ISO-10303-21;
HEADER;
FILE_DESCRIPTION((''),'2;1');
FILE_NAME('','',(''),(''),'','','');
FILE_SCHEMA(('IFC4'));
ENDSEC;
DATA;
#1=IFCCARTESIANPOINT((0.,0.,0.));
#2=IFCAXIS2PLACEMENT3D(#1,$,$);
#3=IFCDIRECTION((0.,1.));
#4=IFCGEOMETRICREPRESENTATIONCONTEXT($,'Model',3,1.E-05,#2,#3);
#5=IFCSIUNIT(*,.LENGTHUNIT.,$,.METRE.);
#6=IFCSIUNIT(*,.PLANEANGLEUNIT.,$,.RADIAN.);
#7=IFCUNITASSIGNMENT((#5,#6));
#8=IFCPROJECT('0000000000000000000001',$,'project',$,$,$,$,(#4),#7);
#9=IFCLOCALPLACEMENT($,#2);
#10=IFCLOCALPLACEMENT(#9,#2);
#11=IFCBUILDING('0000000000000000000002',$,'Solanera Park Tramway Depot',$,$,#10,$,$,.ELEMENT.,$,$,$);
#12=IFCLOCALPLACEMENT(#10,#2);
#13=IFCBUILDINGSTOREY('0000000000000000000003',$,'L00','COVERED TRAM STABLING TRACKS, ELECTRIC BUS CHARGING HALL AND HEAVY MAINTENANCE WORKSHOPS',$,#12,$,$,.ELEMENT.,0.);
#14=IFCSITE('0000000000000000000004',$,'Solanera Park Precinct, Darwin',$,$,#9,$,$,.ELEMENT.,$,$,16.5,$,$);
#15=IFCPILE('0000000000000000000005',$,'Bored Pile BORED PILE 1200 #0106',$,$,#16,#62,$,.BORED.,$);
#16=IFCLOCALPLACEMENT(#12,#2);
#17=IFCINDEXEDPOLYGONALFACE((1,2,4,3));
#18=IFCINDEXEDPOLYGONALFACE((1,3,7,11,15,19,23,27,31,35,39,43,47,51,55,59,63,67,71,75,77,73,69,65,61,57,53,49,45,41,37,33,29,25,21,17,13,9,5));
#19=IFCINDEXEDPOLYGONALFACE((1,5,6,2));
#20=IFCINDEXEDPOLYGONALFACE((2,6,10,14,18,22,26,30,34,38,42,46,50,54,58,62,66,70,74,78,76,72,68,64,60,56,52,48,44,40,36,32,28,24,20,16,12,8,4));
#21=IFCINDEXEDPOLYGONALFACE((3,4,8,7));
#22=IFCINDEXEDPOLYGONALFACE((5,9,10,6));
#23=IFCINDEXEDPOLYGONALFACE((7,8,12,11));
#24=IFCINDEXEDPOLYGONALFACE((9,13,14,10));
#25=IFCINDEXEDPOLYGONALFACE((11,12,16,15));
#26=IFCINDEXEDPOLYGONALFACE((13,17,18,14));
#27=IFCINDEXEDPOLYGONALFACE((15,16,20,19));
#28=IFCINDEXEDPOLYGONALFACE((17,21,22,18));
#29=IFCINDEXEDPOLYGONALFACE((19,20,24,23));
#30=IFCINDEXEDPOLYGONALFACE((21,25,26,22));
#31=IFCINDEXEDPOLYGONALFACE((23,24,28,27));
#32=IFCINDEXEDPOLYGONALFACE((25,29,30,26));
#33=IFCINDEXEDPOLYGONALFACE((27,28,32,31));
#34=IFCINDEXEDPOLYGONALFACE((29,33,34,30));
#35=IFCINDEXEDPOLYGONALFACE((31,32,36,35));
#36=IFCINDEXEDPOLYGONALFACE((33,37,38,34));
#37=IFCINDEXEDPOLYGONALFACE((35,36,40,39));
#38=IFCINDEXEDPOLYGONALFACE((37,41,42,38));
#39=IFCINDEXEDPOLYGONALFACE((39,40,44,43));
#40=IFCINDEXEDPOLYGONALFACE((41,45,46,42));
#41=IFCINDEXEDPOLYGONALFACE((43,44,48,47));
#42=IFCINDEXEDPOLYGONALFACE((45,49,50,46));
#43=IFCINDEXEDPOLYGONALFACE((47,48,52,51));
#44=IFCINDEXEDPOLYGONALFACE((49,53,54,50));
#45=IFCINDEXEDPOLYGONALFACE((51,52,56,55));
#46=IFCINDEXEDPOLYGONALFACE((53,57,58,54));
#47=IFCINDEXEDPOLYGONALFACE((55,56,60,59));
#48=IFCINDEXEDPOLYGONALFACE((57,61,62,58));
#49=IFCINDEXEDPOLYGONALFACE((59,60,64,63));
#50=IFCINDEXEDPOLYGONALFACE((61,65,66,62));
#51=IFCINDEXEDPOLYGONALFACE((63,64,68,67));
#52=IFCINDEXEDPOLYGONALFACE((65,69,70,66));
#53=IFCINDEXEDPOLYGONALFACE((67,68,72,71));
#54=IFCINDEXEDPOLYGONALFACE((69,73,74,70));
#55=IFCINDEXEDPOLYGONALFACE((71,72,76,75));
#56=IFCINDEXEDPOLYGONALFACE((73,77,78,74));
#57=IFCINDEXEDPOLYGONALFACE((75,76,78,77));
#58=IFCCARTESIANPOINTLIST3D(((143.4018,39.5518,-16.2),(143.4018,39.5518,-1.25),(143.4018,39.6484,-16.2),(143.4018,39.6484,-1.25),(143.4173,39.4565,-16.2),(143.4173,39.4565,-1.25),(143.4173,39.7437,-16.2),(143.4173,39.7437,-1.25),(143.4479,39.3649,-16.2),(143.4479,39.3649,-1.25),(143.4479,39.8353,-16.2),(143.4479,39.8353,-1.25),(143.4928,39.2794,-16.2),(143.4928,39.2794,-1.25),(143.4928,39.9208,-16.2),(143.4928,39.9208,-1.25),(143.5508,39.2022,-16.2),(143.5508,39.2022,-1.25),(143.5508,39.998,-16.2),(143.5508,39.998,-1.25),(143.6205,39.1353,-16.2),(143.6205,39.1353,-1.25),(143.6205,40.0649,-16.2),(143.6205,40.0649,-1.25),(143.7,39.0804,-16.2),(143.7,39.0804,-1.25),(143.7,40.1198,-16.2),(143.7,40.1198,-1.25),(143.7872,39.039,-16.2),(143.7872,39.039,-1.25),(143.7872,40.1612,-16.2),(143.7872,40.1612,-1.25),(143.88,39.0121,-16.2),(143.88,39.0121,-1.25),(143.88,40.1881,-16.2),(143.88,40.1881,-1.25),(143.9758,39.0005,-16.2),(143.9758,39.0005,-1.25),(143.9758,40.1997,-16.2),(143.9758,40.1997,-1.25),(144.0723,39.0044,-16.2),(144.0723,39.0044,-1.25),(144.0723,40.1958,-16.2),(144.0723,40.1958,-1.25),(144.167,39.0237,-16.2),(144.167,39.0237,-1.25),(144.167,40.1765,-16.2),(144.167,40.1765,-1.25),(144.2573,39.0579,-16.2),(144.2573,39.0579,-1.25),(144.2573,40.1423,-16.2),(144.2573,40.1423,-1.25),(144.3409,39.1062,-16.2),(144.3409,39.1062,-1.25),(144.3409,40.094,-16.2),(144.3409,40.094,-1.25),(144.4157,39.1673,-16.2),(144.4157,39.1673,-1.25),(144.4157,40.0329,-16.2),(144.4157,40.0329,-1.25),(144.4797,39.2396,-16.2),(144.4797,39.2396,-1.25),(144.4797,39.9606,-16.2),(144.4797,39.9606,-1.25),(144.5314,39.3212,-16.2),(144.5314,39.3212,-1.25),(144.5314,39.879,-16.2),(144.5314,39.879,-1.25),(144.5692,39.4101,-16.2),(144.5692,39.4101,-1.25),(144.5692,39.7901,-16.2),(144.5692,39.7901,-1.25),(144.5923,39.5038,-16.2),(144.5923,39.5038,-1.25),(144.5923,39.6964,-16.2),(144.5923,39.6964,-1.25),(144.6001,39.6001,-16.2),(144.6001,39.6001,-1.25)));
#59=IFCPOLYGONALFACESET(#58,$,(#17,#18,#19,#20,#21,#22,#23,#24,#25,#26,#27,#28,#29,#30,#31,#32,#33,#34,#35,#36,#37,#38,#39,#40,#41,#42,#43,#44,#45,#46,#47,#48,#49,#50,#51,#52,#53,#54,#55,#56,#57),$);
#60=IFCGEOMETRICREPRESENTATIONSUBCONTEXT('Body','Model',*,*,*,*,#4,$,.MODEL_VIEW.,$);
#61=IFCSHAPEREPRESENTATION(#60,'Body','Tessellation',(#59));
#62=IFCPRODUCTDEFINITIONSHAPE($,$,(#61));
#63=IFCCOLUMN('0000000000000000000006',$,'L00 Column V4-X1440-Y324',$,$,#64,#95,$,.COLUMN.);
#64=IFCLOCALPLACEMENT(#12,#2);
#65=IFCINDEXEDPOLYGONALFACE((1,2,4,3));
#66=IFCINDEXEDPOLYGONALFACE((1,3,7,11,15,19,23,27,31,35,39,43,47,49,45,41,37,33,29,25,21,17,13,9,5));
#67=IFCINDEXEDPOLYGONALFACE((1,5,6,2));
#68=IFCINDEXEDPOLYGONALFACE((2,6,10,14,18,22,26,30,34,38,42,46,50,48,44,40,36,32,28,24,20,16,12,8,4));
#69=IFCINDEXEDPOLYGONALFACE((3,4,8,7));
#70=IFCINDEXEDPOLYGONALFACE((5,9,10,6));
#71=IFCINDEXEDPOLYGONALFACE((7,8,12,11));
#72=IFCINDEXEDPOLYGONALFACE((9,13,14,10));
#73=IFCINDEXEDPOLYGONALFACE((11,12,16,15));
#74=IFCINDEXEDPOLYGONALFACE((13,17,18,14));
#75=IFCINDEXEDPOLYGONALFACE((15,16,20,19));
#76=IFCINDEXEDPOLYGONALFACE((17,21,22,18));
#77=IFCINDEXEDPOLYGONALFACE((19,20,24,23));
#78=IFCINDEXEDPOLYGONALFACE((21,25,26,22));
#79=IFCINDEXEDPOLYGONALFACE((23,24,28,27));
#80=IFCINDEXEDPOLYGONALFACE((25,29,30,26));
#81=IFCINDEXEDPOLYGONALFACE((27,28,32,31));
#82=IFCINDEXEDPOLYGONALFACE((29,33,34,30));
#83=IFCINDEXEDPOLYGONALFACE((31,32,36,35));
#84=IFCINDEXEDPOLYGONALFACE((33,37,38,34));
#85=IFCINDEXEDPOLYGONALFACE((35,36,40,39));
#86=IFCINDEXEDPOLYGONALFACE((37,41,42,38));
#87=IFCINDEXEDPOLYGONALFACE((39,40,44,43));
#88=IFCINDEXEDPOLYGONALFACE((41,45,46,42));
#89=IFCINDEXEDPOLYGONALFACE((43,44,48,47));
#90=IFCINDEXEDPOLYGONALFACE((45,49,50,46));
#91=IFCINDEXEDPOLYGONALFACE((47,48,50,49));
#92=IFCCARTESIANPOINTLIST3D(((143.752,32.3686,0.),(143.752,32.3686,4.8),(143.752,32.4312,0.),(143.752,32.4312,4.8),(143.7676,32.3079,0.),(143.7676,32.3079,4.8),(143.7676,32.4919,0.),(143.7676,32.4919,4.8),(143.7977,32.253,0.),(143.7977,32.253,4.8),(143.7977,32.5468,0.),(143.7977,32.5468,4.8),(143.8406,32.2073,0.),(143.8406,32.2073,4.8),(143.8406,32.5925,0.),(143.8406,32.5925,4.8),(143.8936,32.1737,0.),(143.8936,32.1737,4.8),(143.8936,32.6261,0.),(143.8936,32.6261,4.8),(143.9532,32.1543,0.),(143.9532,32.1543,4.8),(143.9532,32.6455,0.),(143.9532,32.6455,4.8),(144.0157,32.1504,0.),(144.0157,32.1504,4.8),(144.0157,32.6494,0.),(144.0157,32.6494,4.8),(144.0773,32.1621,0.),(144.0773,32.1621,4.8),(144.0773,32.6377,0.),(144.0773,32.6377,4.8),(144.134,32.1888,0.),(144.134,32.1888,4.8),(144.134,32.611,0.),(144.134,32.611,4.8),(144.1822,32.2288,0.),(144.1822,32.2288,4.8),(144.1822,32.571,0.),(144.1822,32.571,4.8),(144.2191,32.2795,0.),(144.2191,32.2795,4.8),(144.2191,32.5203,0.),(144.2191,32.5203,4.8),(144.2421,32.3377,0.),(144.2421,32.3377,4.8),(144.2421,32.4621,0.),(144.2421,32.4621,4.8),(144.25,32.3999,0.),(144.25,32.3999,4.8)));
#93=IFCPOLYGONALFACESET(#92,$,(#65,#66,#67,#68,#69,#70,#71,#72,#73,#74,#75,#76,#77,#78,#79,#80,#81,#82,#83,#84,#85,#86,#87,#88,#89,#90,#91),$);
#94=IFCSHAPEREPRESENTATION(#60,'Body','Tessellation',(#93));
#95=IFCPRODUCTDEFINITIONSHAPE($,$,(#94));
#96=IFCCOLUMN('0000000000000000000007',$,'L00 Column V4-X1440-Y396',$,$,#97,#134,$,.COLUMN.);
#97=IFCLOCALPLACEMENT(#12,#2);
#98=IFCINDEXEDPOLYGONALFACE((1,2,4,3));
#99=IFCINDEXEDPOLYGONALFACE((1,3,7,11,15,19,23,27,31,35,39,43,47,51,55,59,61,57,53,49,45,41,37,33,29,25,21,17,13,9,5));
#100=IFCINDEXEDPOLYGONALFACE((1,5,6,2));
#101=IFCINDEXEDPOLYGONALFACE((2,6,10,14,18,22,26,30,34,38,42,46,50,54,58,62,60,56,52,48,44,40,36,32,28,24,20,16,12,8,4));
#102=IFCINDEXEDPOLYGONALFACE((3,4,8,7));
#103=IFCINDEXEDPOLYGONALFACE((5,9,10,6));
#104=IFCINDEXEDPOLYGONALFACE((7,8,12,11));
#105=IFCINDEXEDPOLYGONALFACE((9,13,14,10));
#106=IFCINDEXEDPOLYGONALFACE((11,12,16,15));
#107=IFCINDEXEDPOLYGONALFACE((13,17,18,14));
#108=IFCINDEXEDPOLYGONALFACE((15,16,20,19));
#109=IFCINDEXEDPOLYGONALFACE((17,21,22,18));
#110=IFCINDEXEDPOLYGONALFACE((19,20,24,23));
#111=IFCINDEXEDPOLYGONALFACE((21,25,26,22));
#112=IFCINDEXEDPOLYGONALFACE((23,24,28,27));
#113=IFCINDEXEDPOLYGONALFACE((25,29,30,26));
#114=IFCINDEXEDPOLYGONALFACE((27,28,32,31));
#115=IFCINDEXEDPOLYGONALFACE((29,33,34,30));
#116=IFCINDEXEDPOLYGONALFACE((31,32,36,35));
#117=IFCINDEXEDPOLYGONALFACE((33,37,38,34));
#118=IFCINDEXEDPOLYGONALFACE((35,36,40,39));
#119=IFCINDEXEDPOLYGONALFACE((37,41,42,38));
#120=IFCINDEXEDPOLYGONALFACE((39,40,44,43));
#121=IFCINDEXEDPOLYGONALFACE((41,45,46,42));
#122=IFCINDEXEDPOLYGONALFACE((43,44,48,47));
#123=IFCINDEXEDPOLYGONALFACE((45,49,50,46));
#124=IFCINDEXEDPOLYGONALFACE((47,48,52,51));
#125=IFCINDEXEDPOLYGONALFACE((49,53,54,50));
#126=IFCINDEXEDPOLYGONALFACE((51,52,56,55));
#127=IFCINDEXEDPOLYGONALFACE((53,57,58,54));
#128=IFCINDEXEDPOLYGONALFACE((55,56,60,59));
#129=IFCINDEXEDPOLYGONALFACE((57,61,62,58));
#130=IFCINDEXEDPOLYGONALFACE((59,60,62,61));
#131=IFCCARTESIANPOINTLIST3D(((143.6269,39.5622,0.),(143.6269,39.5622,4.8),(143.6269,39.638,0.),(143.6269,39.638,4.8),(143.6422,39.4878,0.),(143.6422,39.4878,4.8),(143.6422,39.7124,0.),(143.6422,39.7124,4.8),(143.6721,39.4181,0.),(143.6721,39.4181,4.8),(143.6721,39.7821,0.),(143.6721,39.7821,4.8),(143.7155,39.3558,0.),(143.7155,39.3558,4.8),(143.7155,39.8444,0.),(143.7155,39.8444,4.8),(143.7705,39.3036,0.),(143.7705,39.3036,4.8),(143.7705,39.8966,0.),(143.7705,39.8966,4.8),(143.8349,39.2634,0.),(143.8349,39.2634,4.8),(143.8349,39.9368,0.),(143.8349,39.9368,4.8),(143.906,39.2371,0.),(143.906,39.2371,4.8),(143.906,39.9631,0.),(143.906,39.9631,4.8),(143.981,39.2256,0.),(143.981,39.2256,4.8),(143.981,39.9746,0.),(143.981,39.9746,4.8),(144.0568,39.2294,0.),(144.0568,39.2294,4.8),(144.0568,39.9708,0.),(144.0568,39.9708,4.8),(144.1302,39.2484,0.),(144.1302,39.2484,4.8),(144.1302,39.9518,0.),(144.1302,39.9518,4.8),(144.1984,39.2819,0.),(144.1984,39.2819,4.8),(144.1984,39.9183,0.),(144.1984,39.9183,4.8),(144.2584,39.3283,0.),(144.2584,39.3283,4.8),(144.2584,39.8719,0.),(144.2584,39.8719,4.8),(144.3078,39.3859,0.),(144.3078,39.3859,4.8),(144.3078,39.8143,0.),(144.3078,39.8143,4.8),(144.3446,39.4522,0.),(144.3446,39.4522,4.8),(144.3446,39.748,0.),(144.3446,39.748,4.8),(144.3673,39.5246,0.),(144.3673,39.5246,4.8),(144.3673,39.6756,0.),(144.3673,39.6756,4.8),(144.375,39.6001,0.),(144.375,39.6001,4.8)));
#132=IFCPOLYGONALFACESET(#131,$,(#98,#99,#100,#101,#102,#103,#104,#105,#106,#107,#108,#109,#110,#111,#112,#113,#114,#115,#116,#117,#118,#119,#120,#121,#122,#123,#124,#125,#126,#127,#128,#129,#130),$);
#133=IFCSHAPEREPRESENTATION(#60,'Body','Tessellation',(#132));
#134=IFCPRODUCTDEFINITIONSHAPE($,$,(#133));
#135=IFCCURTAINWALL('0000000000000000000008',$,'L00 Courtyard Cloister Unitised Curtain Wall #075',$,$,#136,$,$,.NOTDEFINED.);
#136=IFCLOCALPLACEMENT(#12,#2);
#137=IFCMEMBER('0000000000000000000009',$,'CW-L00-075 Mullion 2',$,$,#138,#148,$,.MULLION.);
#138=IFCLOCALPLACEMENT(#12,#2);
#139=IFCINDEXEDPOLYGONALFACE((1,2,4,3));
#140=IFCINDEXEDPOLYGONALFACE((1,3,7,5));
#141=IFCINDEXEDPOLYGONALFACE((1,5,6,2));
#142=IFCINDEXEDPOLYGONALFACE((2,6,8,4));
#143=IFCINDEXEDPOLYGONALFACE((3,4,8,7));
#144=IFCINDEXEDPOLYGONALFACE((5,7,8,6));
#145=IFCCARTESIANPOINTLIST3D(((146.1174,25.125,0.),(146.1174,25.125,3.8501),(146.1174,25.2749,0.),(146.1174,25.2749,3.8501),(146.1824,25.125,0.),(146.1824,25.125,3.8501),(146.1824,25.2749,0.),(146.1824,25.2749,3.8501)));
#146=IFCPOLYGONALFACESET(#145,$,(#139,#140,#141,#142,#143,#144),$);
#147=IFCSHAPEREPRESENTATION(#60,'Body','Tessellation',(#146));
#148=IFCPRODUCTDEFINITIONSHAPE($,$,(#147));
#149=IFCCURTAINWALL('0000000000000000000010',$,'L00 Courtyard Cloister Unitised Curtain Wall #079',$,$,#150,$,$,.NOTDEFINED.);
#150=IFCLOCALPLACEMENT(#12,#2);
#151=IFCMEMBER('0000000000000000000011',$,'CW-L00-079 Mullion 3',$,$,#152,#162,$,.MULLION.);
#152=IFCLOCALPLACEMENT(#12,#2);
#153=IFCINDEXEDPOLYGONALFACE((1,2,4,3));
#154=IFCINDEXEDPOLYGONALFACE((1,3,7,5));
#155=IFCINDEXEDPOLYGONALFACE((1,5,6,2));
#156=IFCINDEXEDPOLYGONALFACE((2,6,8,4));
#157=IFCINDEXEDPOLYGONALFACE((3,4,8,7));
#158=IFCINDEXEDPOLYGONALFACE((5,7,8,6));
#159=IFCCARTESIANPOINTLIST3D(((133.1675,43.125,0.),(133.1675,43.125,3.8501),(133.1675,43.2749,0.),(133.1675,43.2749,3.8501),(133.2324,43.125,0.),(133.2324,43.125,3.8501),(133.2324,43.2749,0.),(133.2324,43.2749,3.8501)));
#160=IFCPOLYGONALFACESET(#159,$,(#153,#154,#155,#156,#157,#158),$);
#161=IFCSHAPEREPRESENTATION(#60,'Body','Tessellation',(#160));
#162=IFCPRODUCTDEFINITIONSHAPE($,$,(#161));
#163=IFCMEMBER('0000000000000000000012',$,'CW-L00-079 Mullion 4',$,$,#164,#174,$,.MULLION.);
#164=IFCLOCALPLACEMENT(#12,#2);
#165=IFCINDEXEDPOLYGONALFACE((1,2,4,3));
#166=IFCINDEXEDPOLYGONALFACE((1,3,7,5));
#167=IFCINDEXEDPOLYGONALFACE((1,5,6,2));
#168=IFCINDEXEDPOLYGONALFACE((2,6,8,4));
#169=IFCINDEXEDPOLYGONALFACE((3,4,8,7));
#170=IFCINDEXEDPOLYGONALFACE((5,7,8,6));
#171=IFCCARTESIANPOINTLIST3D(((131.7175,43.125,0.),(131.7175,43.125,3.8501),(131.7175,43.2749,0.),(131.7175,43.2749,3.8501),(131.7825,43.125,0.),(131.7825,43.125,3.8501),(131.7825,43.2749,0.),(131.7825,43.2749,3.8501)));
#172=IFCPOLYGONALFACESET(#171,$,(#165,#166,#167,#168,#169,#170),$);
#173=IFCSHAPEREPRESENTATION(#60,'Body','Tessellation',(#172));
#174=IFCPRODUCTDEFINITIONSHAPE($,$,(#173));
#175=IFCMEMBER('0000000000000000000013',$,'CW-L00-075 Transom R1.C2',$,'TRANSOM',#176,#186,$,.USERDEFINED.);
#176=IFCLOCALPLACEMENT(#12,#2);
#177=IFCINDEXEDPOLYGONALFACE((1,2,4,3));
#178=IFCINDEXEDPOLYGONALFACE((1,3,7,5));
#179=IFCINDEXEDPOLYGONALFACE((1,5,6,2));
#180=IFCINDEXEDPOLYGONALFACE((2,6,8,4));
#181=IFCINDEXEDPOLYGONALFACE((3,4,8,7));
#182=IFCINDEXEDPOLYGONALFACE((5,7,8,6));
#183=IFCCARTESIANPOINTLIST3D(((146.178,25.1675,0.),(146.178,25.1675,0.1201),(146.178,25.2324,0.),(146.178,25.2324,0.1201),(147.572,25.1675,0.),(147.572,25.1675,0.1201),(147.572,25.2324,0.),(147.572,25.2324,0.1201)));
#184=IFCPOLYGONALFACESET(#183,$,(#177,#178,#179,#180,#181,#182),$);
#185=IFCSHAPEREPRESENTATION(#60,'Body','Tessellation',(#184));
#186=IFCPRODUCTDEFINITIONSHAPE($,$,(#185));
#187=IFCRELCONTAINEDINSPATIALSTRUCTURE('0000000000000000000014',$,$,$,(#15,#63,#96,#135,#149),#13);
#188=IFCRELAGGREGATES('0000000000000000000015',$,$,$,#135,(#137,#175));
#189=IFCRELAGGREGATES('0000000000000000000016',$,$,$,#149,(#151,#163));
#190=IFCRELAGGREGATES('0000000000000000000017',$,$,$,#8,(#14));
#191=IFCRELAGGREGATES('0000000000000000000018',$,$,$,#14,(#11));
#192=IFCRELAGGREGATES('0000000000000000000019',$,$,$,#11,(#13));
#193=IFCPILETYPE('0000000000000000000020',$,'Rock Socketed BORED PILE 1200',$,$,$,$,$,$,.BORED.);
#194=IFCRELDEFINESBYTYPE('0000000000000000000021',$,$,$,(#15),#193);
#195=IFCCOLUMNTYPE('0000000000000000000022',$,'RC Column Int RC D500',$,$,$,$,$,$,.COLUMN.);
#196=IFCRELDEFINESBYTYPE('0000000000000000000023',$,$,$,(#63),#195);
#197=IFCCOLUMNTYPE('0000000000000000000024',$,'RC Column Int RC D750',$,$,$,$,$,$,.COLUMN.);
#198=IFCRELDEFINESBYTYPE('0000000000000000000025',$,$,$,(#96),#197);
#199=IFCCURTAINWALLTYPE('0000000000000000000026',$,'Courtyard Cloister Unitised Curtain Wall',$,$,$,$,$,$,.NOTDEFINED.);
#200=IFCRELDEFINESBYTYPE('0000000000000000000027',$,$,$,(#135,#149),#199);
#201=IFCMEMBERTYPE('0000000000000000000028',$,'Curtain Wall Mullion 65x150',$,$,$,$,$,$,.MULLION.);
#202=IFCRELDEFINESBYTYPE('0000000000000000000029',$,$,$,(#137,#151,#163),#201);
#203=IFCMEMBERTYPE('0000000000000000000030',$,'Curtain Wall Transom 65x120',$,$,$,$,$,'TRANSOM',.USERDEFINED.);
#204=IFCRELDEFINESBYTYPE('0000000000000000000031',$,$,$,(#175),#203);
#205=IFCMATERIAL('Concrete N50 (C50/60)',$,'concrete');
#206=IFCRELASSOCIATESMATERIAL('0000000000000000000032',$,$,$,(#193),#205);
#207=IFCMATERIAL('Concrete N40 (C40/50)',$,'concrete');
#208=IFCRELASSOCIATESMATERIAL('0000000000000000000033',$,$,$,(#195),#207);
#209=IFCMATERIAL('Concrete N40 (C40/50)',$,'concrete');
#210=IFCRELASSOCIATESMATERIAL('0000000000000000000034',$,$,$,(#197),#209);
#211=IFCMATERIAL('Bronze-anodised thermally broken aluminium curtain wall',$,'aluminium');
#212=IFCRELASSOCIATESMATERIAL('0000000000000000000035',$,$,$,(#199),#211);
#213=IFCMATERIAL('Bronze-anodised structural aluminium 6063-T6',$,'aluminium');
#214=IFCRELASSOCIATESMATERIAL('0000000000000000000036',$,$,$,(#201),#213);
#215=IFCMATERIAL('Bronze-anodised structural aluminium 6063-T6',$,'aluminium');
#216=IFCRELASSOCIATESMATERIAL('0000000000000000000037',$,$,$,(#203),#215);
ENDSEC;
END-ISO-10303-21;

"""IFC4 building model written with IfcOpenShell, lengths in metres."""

from ifc_helpers import new_model, si_unit, direction, frame, origin, origin_2d, place, context, subcontext, project, spatial, rectangle, circle, extrude, material, material_profile, profile_set, type_object, element, aggregate, save


model = new_model("IFC4")

# Units and contexts
model_context = context("Model", 3, precision=1e-05, world=origin(), true_north=direction((0.0, 1.0)))
body_context = subcontext(model_context, "Body", "Model", "MODEL_VIEW")
ifc_project = project(units=[si_unit("LENGTHUNIT", "METRE"), si_unit("PLANEANGLEUNIT", "RADIAN")], contexts=[model_context])

# Site, building, storey
site_placement = place(None, origin())
site = spatial("IfcSite", under=ifc_project, at=site_placement, Name="Solanera Park Precinct, Darwin", CompositionType="ELEMENT", RefElevation=16.5)
building_placement = place(site_placement, origin())
building = spatial("IfcBuilding", under=site, at=building_placement, Name="Solanera Park Tramway Depot", CompositionType="ELEMENT")
storey_placement = place(building_placement, origin())
storey = spatial("IfcBuildingStorey", under=building, at=storey_placement, Name="L00", Description="COVERED TRAM STABLING TRACKS, ELECTRIC BUS CHARGING HALL AND HEAVY MAINTENANCE WORKSHOPS", CompositionType="ELEMENT", Elevation=0.0)

# Pile
ifc_material_1 = material(Name="Concrete N50 (C50/60)", Category="concrete")
ifc_material_profile_1 = material_profile(ifc_material_1, circle(Radius=0.6001, at=origin_2d()), Name="BORED PILE 1200")
ifc_profile_set_1 = profile_set([ifc_material_profile_1], Name="Concrete N50 (C50/60)")
pile_type_1 = type_object("IfcPileType", Name="Rock Socketed BORED PILE 1200", PredefinedType="BORED", material=ifc_profile_set_1)
pile_1_placement = place(storey_placement, frame((144.0, 39.6001, -1.25), z_axis=(0.0, 0.0, -1.0), x_axis=(1.0, 0.0, 0.0)))
element("IfcPile", 1, at=pile_1_placement, inside=storey, type_object=pile_type_1, Name="Bored Pile BORED PILE 1200 #0106", PredefinedType="BORED", context=body_context, shape_type="SweptSolid", body=[
    extrude(circle(Radius=0.6001, at=origin_2d()), origin(), (0.0, 0.0, 1.0), 14.95),
])

# Columns
ifc_material_2 = material(Name="Concrete N40 (C40/50)", Category="concrete")
ifc_material_profile_2 = material_profile(ifc_material_2, circle(Radius=0.25, at=origin_2d()), Name="RC D500")
ifc_profile_set_2 = profile_set([ifc_material_profile_2], Name="Concrete N40 (C40/50)")
column_type_1 = type_object("IfcColumnType", Name="RC Column Int RC D500", PredefinedType="COLUMN", material=ifc_profile_set_2)
column_1_placement = place(storey_placement, frame((144.0, 32.3999, 0.0), z_axis=(0.0, 0.0, 1.0), x_axis=(1.0, 0.0, 0.0)))
element("IfcColumn", 2, at=column_1_placement, inside=storey, type_object=column_type_1, Name="L00 Column V4-X1440-Y324", PredefinedType="COLUMN", context=body_context, shape_type="SweptSolid", body=[
    extrude(circle(Radius=0.25, at=origin_2d()), origin(), (0.0, 0.0, 1.0), 4.8),
])
ifc_material_3 = material(Name="Concrete N40 (C40/50)", Category="concrete")
ifc_material_profile_3 = material_profile(ifc_material_3, circle(Radius=0.375, at=origin_2d()), Name="RC D750")
ifc_profile_set_3 = profile_set([ifc_material_profile_3], Name="Concrete N40 (C40/50)")
column_type_2 = type_object("IfcColumnType", Name="RC Column Int RC D750", PredefinedType="COLUMN", material=ifc_profile_set_3)
column_2_placement = place(storey_placement, frame((144.0, 39.6001, 0.0), z_axis=(0.0, 0.0, 1.0), x_axis=(1.0, 0.0, 0.0)))
element("IfcColumn", 3, at=column_2_placement, inside=storey, type_object=column_type_2, Name="L00 Column V4-X1440-Y396", PredefinedType="COLUMN", context=body_context, shape_type="SweptSolid", body=[
    extrude(circle(Radius=0.375, at=origin_2d()), origin(), (0.0, 0.0, 1.0), 4.8),
])

# Curtain wall, member
ifc_material_4 = material(Name="Bronze-anodised thermally broken aluminium curtain wall", Category="aluminium")
curtain_wall_type = type_object("IfcCurtainWallType", Name="Courtyard Cloister Unitised Curtain Wall", PredefinedType="NOTDEFINED", material=ifc_material_4)
curtain_wall_1_placement = place(storey_placement, origin())
curtain_wall_1 = element("IfcCurtainWall", 4, at=curtain_wall_1_placement, inside=storey, type_object=curtain_wall_type, Name="L00 Courtyard Cloister Unitised Curtain Wall #075", PredefinedType="NOTDEFINED")
ifc_material_5 = material(Name="Bronze-anodised structural aluminium 6063-T6", Category="aluminium")
ifc_material_profile_4 = material_profile(ifc_material_5, rectangle(XDim=0.0649, YDim=0.1499, at=origin_2d()), Name="Curtain Wall Mullion 65x150")
ifc_profile_set_4 = profile_set([ifc_material_profile_4], Name="Bronze-anodised structural aluminium 6063-T6")
member_type_1 = type_object("IfcMemberType", Name="Curtain Wall Mullion 65x150", PredefinedType="MULLION", material=ifc_profile_set_4)
member_1_placement = place(storey_placement, frame((146.1499, 25.2, 0.0), z_axis=(0.0, 0.0, 1.0), x_axis=(1.0, 0.0, 0.0)))
member_1 = element("IfcMember", 5, at=member_1_placement, type_object=member_type_1, Name="CW-L00-075 Mullion 2", PredefinedType="MULLION", context=body_context, shape_type="SweptSolid", body=[
    extrude(rectangle(XDim=0.0649, YDim=0.1499, at=origin_2d()), origin(), (0.0, 0.0, 1.0), 3.8501),
])

# Curtain wall, members
curtain_wall_2_placement = place(storey_placement, origin())
curtain_wall_2 = element("IfcCurtainWall", 6, at=curtain_wall_2_placement, inside=storey, type_object=curtain_wall_type, Name="L00 Courtyard Cloister Unitised Curtain Wall #079", PredefinedType="NOTDEFINED")
member_2_placement = place(storey_placement, frame((133.2, 43.2, 0.0), z_axis=(0.0, 0.0, 1.0), x_axis=(1.0, 0.0, 0.0)))
member_2 = element("IfcMember", 7, at=member_2_placement, type_object=member_type_1, Name="CW-L00-079 Mullion 3", PredefinedType="MULLION", context=body_context, shape_type="SweptSolid", body=[
    extrude(rectangle(XDim=0.0649, YDim=0.1499, at=origin_2d()), origin(), (0.0, 0.0, 1.0), 3.8501),
])
member_3_placement = place(storey_placement, frame((131.75, 43.2, 0.0), z_axis=(0.0, 0.0, 1.0), x_axis=(1.0, 0.0, 0.0)))
member_3 = element("IfcMember", 8, at=member_3_placement, type_object=member_type_1, Name="CW-L00-079 Mullion 4", PredefinedType="MULLION", context=body_context, shape_type="SweptSolid", body=[
    extrude(rectangle(XDim=0.0649, YDim=0.1499, at=origin_2d()), origin(), (0.0, 0.0, 1.0), 3.8501),
])

# Member
ifc_material_6 = material(Name="Bronze-anodised structural aluminium 6063-T6", Category="aluminium")
ifc_material_profile_5 = material_profile(ifc_material_6, rectangle(XDim=0.0649, YDim=0.1201, at=origin_2d()), Name="Curtain Wall Transom 65x120")
ifc_profile_set_5 = profile_set([ifc_material_profile_5], Name="Bronze-anodised structural aluminium 6063-T6")
member_type_2 = type_object("IfcMemberType", Name="Curtain Wall Transom 65x120", ElementType="TRANSOM", PredefinedType="USERDEFINED", material=ifc_profile_set_5)
member_4_placement = place(storey_placement, frame((146.178, 25.2, 0.0601), z_axis=(1.0, 0.0, 0.0), x_axis=(0.0, 1.0, 0.0)))
member_4 = element("IfcMember", 9, at=member_4_placement, type_object=member_type_2, Name="CW-L00-075 Transom R1.C2", ObjectType="TRANSOM", PredefinedType="USERDEFINED", context=body_context, shape_type="SweptSolid", body=[
    extrude(rectangle(XDim=0.0649, YDim=0.1201, at=origin_2d()), origin(), (0.0, 0.0, 1.0), 1.394),
])

aggregate(curtain_wall_1, [member_1, member_4])
aggregate(curtain_wall_2, [member_2, member_3])

save(model, "model.ifc")
